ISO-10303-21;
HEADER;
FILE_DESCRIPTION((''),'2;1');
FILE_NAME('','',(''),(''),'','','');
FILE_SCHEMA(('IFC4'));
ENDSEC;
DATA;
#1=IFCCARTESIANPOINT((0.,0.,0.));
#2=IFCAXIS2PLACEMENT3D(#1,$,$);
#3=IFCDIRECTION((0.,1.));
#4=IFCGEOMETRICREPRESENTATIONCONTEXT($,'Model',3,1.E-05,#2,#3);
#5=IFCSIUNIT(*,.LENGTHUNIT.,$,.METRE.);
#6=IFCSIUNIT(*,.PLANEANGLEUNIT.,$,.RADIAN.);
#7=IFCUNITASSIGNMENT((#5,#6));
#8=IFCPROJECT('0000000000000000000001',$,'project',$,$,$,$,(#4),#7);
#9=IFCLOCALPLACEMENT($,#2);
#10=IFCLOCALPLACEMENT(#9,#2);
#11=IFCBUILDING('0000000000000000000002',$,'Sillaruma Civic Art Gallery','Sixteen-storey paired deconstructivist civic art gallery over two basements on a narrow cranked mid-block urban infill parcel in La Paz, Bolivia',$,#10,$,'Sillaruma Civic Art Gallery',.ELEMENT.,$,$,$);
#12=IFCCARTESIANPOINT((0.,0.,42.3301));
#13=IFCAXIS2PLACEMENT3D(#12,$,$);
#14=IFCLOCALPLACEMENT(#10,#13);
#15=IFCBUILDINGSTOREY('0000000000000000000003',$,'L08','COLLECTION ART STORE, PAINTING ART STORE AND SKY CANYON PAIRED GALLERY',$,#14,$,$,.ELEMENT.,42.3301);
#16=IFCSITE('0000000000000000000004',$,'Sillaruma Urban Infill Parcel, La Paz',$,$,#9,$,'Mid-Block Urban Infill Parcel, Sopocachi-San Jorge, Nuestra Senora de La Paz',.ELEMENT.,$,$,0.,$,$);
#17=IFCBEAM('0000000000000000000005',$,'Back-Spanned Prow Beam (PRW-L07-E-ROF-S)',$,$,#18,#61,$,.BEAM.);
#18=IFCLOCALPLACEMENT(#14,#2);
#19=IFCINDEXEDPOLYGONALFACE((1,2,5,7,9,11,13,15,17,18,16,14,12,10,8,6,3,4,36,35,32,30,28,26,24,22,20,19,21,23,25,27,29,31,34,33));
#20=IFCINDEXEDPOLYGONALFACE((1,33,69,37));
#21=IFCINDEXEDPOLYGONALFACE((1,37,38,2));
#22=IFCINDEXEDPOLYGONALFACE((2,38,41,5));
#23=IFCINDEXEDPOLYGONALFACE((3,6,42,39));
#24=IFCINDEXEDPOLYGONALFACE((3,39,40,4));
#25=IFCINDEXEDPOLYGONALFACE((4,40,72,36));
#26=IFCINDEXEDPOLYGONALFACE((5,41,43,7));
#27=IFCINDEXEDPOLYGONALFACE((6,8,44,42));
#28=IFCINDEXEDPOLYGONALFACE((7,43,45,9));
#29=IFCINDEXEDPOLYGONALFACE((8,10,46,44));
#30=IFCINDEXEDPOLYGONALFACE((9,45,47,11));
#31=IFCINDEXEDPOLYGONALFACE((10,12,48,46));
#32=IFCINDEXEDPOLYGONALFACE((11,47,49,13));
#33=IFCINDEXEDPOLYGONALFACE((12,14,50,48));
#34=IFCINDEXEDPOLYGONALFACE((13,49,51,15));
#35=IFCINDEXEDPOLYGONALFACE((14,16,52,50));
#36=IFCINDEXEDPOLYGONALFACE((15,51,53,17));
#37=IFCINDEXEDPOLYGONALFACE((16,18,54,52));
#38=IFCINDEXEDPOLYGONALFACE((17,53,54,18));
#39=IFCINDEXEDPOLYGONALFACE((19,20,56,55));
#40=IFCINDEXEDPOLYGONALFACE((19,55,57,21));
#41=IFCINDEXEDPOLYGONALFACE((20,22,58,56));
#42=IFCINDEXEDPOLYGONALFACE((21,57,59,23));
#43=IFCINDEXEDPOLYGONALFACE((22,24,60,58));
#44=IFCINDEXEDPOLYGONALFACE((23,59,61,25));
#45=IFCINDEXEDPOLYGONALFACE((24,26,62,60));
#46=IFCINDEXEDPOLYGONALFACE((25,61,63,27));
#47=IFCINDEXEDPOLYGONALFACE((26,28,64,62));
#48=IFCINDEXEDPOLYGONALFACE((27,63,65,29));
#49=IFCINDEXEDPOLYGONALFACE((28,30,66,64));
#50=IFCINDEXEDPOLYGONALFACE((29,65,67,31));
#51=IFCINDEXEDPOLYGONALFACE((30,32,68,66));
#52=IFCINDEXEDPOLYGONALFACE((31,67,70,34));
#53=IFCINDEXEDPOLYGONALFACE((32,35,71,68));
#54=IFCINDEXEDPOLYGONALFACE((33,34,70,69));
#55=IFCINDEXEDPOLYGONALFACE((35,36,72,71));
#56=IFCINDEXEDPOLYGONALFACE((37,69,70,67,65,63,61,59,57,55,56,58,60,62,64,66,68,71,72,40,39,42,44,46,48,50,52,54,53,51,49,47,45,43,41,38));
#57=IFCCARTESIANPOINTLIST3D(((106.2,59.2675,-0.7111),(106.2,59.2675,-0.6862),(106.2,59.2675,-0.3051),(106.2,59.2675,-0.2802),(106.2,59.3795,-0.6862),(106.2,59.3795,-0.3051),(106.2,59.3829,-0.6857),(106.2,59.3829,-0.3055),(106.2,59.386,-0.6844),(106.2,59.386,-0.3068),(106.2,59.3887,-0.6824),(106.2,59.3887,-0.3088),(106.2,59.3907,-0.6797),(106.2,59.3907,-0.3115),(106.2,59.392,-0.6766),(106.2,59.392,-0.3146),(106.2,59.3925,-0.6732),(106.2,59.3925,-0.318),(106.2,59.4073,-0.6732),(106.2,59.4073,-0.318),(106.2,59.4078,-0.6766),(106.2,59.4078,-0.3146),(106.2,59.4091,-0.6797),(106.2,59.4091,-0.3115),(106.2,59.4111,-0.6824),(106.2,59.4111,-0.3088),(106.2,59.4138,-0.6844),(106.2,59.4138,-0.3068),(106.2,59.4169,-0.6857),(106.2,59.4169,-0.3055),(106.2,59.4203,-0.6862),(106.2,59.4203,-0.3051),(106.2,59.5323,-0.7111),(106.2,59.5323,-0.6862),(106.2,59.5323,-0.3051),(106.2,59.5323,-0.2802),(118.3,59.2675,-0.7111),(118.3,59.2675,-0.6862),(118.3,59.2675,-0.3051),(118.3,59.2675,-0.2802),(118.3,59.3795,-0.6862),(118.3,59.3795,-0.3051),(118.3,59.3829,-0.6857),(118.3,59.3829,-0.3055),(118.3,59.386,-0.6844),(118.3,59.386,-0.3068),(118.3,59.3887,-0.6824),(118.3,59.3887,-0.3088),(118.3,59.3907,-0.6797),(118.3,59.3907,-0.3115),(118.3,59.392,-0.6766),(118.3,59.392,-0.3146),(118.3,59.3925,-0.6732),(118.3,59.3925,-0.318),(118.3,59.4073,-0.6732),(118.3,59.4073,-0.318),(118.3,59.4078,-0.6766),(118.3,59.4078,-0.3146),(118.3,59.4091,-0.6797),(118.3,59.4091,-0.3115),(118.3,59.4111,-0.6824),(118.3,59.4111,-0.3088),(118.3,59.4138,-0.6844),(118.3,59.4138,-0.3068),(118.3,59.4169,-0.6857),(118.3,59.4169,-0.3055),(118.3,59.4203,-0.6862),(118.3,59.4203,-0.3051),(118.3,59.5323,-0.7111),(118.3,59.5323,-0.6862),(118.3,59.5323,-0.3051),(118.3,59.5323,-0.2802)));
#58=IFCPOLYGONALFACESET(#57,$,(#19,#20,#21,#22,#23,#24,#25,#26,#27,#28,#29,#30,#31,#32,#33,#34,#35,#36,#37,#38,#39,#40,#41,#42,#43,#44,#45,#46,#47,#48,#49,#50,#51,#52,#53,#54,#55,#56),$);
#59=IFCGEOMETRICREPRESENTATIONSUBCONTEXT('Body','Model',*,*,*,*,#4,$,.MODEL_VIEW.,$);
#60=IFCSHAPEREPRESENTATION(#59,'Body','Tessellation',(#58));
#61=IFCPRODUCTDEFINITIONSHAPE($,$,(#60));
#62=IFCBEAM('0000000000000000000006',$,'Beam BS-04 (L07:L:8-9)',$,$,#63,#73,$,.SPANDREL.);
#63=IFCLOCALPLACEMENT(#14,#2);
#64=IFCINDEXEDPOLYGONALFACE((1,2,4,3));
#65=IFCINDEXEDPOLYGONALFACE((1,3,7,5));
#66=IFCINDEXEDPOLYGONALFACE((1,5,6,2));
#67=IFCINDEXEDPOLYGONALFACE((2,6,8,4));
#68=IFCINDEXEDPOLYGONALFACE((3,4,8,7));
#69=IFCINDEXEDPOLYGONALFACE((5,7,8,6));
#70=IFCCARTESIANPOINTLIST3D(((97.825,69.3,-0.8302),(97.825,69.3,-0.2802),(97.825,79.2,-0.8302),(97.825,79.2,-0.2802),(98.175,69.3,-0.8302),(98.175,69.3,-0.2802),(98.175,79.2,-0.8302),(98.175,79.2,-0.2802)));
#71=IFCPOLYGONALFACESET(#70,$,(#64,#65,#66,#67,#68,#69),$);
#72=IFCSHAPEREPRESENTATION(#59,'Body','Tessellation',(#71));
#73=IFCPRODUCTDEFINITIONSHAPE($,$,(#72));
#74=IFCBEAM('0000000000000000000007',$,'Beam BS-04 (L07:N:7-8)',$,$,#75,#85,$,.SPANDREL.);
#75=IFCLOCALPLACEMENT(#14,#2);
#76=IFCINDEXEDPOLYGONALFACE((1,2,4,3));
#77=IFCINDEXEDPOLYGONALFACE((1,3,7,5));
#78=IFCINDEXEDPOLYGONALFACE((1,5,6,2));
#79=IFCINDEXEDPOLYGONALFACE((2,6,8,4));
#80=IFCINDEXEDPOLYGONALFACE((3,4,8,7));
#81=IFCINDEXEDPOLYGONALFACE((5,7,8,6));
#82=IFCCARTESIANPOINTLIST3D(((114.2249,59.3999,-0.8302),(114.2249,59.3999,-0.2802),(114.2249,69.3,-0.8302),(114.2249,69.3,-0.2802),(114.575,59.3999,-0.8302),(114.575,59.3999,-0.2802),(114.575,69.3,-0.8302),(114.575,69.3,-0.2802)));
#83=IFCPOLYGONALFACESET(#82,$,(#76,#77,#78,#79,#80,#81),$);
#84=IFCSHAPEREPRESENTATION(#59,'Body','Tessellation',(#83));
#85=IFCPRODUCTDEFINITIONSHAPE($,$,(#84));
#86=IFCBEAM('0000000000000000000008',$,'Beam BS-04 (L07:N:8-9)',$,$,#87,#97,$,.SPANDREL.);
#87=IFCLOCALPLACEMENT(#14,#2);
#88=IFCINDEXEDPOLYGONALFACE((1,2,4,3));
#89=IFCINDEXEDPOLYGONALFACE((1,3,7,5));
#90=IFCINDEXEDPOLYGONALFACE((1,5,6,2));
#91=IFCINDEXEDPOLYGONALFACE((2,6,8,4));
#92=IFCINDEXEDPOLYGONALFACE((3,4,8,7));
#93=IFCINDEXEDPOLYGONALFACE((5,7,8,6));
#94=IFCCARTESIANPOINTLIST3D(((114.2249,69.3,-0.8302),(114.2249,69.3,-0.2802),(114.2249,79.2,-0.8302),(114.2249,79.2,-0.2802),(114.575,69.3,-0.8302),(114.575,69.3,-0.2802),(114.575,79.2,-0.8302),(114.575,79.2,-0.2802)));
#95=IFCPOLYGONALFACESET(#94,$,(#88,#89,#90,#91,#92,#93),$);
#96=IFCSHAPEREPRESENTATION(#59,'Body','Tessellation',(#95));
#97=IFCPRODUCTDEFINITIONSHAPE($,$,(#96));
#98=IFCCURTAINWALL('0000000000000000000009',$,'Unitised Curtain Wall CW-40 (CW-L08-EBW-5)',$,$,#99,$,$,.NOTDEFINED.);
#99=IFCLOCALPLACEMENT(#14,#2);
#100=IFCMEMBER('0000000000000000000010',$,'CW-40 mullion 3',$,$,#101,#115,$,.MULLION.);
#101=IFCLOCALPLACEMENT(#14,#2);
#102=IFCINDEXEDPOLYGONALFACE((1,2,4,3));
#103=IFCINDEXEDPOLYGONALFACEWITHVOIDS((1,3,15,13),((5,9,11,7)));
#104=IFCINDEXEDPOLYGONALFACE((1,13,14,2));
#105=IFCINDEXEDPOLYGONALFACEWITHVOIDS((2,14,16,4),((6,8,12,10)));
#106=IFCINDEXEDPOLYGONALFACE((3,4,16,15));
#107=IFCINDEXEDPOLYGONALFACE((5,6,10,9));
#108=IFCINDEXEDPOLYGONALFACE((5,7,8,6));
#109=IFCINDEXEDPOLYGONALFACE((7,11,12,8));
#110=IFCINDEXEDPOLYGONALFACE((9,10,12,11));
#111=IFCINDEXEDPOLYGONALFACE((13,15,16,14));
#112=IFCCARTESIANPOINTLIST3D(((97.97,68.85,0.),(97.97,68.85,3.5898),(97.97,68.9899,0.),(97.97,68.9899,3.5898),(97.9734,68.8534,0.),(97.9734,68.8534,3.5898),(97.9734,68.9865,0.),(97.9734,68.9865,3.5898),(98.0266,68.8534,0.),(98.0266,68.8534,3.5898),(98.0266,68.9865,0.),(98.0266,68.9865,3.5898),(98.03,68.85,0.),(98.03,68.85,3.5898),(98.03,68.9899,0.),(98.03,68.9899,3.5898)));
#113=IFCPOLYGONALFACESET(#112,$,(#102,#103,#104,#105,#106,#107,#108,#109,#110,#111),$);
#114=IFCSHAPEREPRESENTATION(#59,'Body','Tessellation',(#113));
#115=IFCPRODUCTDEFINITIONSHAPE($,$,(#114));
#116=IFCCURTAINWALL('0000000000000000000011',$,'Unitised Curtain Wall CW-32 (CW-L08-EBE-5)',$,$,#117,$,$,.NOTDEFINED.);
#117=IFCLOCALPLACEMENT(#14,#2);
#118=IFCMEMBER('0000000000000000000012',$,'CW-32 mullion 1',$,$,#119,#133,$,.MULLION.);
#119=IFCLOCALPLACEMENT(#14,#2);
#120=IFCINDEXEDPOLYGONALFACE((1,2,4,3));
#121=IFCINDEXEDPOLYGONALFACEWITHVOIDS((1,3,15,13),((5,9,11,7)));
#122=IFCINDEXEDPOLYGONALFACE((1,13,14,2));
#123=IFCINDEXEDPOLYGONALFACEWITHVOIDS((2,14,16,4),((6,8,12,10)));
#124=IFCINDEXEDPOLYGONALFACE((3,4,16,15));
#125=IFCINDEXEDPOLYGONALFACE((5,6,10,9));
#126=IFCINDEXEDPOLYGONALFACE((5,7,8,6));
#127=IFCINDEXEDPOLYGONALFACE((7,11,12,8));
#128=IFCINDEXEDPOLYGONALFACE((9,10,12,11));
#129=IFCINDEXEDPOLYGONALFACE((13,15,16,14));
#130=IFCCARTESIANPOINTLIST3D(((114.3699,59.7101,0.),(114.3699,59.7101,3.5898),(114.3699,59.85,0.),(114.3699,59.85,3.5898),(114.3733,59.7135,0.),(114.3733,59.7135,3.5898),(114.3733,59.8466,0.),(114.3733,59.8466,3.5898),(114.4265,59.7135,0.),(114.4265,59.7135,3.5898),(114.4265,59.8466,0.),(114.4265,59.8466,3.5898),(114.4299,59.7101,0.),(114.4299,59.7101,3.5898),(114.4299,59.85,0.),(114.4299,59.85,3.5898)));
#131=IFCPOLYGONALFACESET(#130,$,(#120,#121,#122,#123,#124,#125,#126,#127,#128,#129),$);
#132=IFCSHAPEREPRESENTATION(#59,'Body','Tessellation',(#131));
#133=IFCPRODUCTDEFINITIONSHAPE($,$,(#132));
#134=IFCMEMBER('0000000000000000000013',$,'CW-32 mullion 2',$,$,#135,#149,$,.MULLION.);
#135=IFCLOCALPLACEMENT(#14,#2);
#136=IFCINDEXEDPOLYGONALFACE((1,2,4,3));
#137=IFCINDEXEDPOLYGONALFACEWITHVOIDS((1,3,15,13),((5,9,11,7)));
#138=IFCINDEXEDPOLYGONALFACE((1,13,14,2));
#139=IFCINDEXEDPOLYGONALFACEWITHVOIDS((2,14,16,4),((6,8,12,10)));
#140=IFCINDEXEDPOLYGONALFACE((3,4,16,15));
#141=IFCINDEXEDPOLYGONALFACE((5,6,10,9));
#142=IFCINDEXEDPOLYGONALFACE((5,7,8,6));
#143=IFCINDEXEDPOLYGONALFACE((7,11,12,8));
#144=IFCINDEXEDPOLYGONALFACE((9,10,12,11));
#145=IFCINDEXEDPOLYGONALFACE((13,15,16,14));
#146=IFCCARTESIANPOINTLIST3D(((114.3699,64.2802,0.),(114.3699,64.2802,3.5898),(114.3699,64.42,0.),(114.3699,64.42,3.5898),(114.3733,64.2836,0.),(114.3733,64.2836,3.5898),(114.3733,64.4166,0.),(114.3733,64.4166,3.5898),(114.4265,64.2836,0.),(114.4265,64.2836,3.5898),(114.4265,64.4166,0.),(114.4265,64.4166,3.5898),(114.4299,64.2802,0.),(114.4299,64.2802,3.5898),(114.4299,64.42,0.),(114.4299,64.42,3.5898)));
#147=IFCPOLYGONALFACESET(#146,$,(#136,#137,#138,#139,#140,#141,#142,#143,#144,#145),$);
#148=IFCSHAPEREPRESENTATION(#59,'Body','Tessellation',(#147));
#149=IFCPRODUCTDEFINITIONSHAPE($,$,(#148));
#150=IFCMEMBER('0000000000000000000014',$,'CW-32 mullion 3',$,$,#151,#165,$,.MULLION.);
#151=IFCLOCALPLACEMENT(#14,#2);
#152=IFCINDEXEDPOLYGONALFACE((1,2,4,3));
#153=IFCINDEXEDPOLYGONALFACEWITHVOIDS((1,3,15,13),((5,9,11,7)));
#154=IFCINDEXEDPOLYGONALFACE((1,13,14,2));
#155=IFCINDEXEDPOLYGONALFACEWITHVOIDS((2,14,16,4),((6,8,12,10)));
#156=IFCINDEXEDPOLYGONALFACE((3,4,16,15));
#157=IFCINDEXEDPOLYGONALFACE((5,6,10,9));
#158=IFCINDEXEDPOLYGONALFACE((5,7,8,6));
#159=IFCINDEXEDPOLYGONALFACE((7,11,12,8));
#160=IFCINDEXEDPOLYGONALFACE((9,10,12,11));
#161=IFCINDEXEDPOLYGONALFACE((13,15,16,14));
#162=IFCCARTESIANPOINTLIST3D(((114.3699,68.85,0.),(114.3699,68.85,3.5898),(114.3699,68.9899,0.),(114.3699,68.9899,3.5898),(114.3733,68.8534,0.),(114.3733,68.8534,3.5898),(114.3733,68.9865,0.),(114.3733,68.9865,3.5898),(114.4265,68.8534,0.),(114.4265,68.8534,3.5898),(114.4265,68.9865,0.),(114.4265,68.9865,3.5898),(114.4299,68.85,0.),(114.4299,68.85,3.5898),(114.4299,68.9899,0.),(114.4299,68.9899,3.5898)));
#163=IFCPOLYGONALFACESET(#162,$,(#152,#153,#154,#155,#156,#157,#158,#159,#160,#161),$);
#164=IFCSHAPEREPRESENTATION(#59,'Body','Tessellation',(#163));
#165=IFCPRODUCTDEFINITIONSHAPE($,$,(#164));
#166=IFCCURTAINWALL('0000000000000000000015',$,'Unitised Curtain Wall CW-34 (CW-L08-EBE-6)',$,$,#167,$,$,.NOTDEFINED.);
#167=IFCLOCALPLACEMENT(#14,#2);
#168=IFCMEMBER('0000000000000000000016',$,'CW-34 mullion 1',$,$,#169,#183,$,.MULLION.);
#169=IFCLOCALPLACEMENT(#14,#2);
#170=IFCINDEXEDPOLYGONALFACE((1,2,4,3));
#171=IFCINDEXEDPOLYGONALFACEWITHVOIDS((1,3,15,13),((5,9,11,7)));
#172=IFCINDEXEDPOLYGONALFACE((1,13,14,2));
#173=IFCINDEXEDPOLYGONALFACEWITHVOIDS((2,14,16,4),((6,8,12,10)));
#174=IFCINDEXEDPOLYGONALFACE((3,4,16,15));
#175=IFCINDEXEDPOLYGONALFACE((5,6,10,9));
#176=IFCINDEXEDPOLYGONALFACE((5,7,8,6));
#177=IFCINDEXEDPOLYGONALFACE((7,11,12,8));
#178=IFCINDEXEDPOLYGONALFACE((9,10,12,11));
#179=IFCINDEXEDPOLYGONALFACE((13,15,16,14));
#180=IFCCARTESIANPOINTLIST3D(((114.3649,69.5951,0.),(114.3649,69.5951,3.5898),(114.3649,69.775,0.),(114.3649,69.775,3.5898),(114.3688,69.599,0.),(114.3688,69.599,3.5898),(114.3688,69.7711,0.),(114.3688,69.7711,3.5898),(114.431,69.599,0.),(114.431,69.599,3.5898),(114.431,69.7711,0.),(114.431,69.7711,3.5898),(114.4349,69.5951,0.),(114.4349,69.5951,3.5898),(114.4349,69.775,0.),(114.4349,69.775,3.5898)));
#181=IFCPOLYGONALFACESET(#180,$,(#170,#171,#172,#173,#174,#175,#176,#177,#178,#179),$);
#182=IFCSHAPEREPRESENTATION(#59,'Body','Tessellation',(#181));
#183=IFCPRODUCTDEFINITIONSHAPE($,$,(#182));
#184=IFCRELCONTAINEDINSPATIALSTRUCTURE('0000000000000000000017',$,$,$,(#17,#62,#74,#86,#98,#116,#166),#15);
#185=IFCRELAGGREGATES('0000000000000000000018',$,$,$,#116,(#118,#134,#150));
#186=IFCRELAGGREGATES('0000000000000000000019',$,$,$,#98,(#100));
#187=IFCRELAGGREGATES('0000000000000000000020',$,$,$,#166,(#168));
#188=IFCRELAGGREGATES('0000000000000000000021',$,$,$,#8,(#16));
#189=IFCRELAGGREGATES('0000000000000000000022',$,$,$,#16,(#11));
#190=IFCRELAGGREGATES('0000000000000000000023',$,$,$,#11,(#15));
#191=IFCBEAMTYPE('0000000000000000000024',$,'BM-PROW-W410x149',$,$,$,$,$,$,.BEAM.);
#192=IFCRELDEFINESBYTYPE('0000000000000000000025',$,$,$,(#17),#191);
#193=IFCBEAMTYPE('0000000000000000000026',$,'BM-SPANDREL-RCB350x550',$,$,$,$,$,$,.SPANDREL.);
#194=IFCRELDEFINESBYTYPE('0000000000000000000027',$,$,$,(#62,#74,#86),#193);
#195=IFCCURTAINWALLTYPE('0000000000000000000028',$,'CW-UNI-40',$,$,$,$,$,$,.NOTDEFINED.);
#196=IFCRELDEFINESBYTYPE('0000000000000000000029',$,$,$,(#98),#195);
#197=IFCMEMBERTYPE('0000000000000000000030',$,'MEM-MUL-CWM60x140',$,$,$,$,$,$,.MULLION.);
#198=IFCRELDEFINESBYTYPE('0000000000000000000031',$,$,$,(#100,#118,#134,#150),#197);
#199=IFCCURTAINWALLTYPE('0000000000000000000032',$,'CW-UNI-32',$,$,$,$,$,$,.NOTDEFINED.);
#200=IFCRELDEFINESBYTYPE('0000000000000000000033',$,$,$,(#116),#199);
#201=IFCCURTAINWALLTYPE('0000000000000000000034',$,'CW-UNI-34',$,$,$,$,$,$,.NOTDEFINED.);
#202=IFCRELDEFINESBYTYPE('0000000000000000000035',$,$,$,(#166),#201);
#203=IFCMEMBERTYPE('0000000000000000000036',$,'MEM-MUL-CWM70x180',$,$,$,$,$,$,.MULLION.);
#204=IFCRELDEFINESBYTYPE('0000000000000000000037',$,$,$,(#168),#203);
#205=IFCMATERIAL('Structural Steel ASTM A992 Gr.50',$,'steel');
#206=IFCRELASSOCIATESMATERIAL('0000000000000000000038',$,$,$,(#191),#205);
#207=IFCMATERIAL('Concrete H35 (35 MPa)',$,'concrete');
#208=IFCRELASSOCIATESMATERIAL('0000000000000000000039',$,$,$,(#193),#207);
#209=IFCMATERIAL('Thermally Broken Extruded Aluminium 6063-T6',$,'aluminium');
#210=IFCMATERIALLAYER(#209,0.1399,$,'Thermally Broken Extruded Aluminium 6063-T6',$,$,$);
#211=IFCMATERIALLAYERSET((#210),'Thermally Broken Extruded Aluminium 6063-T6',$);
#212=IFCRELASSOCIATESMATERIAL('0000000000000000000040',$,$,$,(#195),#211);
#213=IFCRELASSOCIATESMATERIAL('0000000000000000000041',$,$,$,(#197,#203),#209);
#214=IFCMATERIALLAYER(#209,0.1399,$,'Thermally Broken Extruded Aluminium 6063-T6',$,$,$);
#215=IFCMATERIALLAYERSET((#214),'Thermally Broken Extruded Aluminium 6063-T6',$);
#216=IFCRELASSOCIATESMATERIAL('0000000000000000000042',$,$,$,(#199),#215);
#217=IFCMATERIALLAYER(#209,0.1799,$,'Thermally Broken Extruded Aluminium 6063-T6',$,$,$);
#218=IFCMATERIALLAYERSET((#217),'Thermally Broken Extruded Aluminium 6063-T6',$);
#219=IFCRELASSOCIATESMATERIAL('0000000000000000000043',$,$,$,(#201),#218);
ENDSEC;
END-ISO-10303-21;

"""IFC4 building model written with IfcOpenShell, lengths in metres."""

from ifc_helpers import new_model, si_unit, direction, frame, origin, origin_2d, place, context, subcontext, project, spatial, rectangle, hollow_rectangle, i_section, extrude, material, layer, layer_set, material_profile, profile_set, type_object, element, aggregate, save


model = new_model("IFC4")

# Units and contexts
model_context = context("Model", 3, precision=1e-05, world=origin(), true_north=direction((0.0, 1.0)))
body_context = subcontext(model_context, "Body", "Model", "MODEL_VIEW")
ifc_project = project(units=[si_unit("LENGTHUNIT", "METRE"), si_unit("PLANEANGLEUNIT", "RADIAN")], contexts=[model_context])

# Site, building, storey
site_placement = place(None, origin())
site = spatial("IfcSite", under=ifc_project, at=site_placement, Name="Sillaruma Urban Infill Parcel, La Paz", LongName="Mid-Block Urban Infill Parcel, Sopocachi-San Jorge, Nuestra Senora de La Paz", CompositionType="ELEMENT", RefElevation=0.0)
building_placement = place(site_placement, origin())
building = spatial("IfcBuilding", under=site, at=building_placement, Name="Sillaruma Civic Art Gallery", Description="Sixteen-storey paired deconstructivist civic art gallery over two basements on a narrow cranked mid-block urban infill parcel in La Paz, Bolivia", LongName="Sillaruma Civic Art Gallery", CompositionType="ELEMENT")
storey_placement = place(building_placement, frame((0.0, 0.0, 42.3301)))
storey = spatial("IfcBuildingStorey", under=building, at=storey_placement, Name="L08", Description="COLLECTION ART STORE, PAINTING ART STORE AND SKY CANYON PAIRED GALLERY", CompositionType="ELEMENT", Elevation=42.3301)

# Beams
ifc_material_1 = material(Name="Concrete H35 (35 MPa)", Category="concrete")
ifc_material_2 = material(Name="Structural Steel ASTM A992 Gr.50", Category="steel")
ifc_material_profile_1 = material_profile(ifc_material_2, i_section(OverallWidth=0.2649, OverallDepth=0.4309, WebThickness=0.0149, FlangeThickness=0.0249, FilletRadius=0.0129, at=origin_2d()), Name="W410x149")
ifc_profile_set_1 = profile_set([ifc_material_profile_1], Name="Structural Steel ASTM A992 Gr.50")
beam_type_1 = type_object("IfcBeamType", Name="BM-PROW-W410x149", PredefinedType="BEAM", material=ifc_profile_set_1)
beam_1_placement = place(storey_placement, frame((106.2, 59.3999, -0.4956), z_axis=(1.0, 0.0, 0.0), x_axis=(0.0, 1.0, 0.0)))
element("IfcBeam", 1, at=beam_1_placement, inside=storey, type_object=beam_type_1, Name="Back-Spanned Prow Beam (PRW-L07-E-ROF-S)", PredefinedType="BEAM", context=body_context, shape_type="SweptSolid", body=[
    extrude(i_section(OverallWidth=0.2649, OverallDepth=0.4309, WebThickness=0.0149, FlangeThickness=0.0249, FilletRadius=0.0129, at=origin_2d()), origin(), (0.0, 0.0, 1.0), 12.1001),
])
ifc_material_profile_2 = material_profile(ifc_material_1, rectangle(XDim=0.3501, YDim=0.55, at=origin_2d()), Name="RCB350x550")
ifc_profile_set_2 = profile_set([ifc_material_profile_2], Name="Concrete H35 (35 MPa)")
beam_type_2 = type_object("IfcBeamType", Name="BM-SPANDREL-RCB350x550", PredefinedType="SPANDREL", material=ifc_profile_set_2)
beam_2_placement = place(storey_placement, frame((98.0, 69.3, -0.5552), z_axis=(0.0, 1.0, 0.0), x_axis=(-1.0, 0.0, 0.0)))
element("IfcBeam", 2, at=beam_2_placement, inside=storey, type_object=beam_type_2, Name="Beam BS-04 (L07:L:8-9)", PredefinedType="SPANDREL", context=body_context, shape_type="SweptSolid", body=[
    extrude(rectangle(XDim=0.3501, YDim=0.55, at=origin_2d()), origin(), (0.0, 0.0, 1.0), 9.8999),
])
beam_3_placement = place(storey_placement, frame((114.3999, 59.3999, -0.5552), z_axis=(0.0, 1.0, 0.0), x_axis=(-1.0, 0.0, 0.0)))
element("IfcBeam", 3, at=beam_3_placement, inside=storey, type_object=beam_type_2, Name="Beam BS-04 (L07:N:7-8)", PredefinedType="SPANDREL", context=body_context, shape_type="SweptSolid", body=[
    extrude(rectangle(XDim=0.3501, YDim=0.55, at=origin_2d()), origin(), (0.0, 0.0, 1.0), 9.9001),
])
beam_4_placement = place(storey_placement, frame((114.3999, 69.3, -0.5552), z_axis=(0.0, 1.0, 0.0), x_axis=(-1.0, 0.0, 0.0)))
element("IfcBeam", 4, at=beam_4_placement, inside=storey, type_object=beam_type_2, Name="Beam BS-04 (L07:N:8-9)", PredefinedType="SPANDREL", context=body_context, shape_type="SweptSolid", body=[
    extrude(rectangle(XDim=0.3501, YDim=0.55, at=origin_2d()), origin(), (0.0, 0.0, 1.0), 9.8999),
])

# Curtain wall, member
ifc_material_3 = material(Name="Thermally Broken Extruded Aluminium 6063-T6", Category="aluminium")
ifc_layer_1 = layer(ifc_material_3, 0.1399, Name="Thermally Broken Extruded Aluminium 6063-T6")
ifc_layer_set_1 = layer_set([ifc_layer_1], Name="Thermally Broken Extruded Aluminium 6063-T6")
curtain_wall_type_1 = type_object("IfcCurtainWallType", Name="CW-UNI-40", PredefinedType="NOTDEFINED", material=ifc_layer_set_1)
curtain_wall_1_placement = place(storey_placement, origin())
curtain_wall_1 = element("IfcCurtainWall", 5, at=curtain_wall_1_placement, inside=storey, type_object=curtain_wall_type_1, Name="Unitised Curtain Wall CW-40 (CW-L08-EBW-5)", PredefinedType="NOTDEFINED")
ifc_material_profile_3 = material_profile(ifc_material_3, hollow_rectangle(XDim=0.0601, YDim=0.1399, WallThickness=0.0034, at=origin_2d()), Name="CWM60x140")
ifc_profile_set_3 = profile_set([ifc_material_profile_3], Name="Thermally Broken Extruded Aluminium 6063-T6")
member_type_1 = type_object("IfcMemberType", Name="MEM-MUL-CWM60x140", PredefinedType="MULLION", material=ifc_profile_set_3)
member_1_placement = place(storey_placement, frame((98.0, 68.9199, 0.0), z_axis=(0.0, 0.0, 1.0), x_axis=(-1.0, 0.0, 0.0)))
member_1 = element("IfcMember", 6, at=member_1_placement, type_object=member_type_1, Name="CW-40 mullion 3", PredefinedType="MULLION", context=body_context, shape_type="SweptSolid", body=[
    extrude(hollow_rectangle(XDim=0.0601, YDim=0.1399, WallThickness=0.0034, at=origin_2d()), origin(), (0.0, 0.0, 1.0), 3.5898),
])

# Curtain walls, members
ifc_layer_2 = layer(ifc_material_3, 0.1399, Name="Thermally Broken Extruded Aluminium 6063-T6")
ifc_layer_set_2 = layer_set([ifc_layer_2], Name="Thermally Broken Extruded Aluminium 6063-T6")
curtain_wall_type_2 = type_object("IfcCurtainWallType", Name="CW-UNI-32", PredefinedType="NOTDEFINED", material=ifc_layer_set_2)
curtain_wall_2_placement = place(storey_placement, origin())
curtain_wall_2 = element("IfcCurtainWall", 7, at=curtain_wall_2_placement, inside=storey, type_object=curtain_wall_type_2, Name="Unitised Curtain Wall CW-32 (CW-L08-EBE-5)", PredefinedType="NOTDEFINED")
member_2_placement = place(storey_placement, frame((114.3999, 59.78, 0.0), z_axis=(0.0, 0.0, 1.0), x_axis=(-1.0, 0.0, 0.0)))
member_2 = element("IfcMember", 8, at=member_2_placement, type_object=member_type_1, Name="CW-32 mullion 1", PredefinedType="MULLION", context=body_context, shape_type="SweptSolid", body=[
    extrude(hollow_rectangle(XDim=0.0601, YDim=0.1399, WallThickness=0.0034, at=origin_2d()), origin(), (0.0, 0.0, 1.0), 3.5898),
])
member_3_placement = place(storey_placement, frame((114.3999, 64.3501, 0.0), z_axis=(0.0, 0.0, 1.0), x_axis=(-1.0, 0.0, 0.0)))
member_3 = element("IfcMember", 9, at=member_3_placement, type_object=member_type_1, Name="CW-32 mullion 2", PredefinedType="MULLION", context=body_context, shape_type="SweptSolid", body=[
    extrude(hollow_rectangle(XDim=0.0601, YDim=0.1399, WallThickness=0.0034, at=origin_2d()), origin(), (0.0, 0.0, 1.0), 3.5898),
])
member_4_placement = place(storey_placement, frame((114.3999, 68.9199, 0.0), z_axis=(0.0, 0.0, 1.0), x_axis=(-1.0, 0.0, 0.0)))
member_4 = element("IfcMember", 10, at=member_4_placement, type_object=member_type_1, Name="CW-32 mullion 3", PredefinedType="MULLION", context=body_context, shape_type="SweptSolid", body=[
    extrude(hollow_rectangle(XDim=0.0601, YDim=0.1399, WallThickness=0.0034, at=origin_2d()), origin(), (0.0, 0.0, 1.0), 3.5898),
])
ifc_layer_3 = layer(ifc_material_3, 0.1799, Name="Thermally Broken Extruded Aluminium 6063-T6")
ifc_layer_set_3 = layer_set([ifc_layer_3], Name="Thermally Broken Extruded Aluminium 6063-T6")
curtain_wall_type_3 = type_object("IfcCurtainWallType", Name="CW-UNI-34", PredefinedType="NOTDEFINED", material=ifc_layer_set_3)
curtain_wall_3_placement = place(storey_placement, origin())
curtain_wall_3 = element("IfcCurtainWall", 11, at=curtain_wall_3_placement, inside=storey, type_object=curtain_wall_type_3, Name="Unitised Curtain Wall CW-34 (CW-L08-EBE-6)", PredefinedType="NOTDEFINED")
ifc_material_profile_4 = material_profile(ifc_material_3, hollow_rectangle(XDim=0.0701, YDim=0.1799, WallThickness=0.0039, at=origin_2d()), Name="CWM70x180")
ifc_profile_set_4 = profile_set([ifc_material_profile_4], Name="Thermally Broken Extruded Aluminium 6063-T6")
member_type_2 = type_object("IfcMemberType", Name="MEM-MUL-CWM70x180", PredefinedType="MULLION", material=ifc_profile_set_4)
member_5_placement = place(storey_placement, frame((114.3999, 69.6851, 0.0), z_axis=(0.0, 0.0, 1.0), x_axis=(-1.0, 0.0, 0.0)))
member_5 = element("IfcMember", 12, at=member_5_placement, type_object=member_type_2, Name="CW-34 mullion 1", PredefinedType="MULLION", context=body_context, shape_type="SweptSolid", body=[
    extrude(hollow_rectangle(XDim=0.0701, YDim=0.1799, WallThickness=0.0039, at=origin_2d()), origin(), (0.0, 0.0, 1.0), 3.5898),
])

aggregate(curtain_wall_2, [member_2, member_3, member_4])
aggregate(curtain_wall_1, [member_1])
aggregate(curtain_wall_3, [member_5])

save(model, "model.ifc")
